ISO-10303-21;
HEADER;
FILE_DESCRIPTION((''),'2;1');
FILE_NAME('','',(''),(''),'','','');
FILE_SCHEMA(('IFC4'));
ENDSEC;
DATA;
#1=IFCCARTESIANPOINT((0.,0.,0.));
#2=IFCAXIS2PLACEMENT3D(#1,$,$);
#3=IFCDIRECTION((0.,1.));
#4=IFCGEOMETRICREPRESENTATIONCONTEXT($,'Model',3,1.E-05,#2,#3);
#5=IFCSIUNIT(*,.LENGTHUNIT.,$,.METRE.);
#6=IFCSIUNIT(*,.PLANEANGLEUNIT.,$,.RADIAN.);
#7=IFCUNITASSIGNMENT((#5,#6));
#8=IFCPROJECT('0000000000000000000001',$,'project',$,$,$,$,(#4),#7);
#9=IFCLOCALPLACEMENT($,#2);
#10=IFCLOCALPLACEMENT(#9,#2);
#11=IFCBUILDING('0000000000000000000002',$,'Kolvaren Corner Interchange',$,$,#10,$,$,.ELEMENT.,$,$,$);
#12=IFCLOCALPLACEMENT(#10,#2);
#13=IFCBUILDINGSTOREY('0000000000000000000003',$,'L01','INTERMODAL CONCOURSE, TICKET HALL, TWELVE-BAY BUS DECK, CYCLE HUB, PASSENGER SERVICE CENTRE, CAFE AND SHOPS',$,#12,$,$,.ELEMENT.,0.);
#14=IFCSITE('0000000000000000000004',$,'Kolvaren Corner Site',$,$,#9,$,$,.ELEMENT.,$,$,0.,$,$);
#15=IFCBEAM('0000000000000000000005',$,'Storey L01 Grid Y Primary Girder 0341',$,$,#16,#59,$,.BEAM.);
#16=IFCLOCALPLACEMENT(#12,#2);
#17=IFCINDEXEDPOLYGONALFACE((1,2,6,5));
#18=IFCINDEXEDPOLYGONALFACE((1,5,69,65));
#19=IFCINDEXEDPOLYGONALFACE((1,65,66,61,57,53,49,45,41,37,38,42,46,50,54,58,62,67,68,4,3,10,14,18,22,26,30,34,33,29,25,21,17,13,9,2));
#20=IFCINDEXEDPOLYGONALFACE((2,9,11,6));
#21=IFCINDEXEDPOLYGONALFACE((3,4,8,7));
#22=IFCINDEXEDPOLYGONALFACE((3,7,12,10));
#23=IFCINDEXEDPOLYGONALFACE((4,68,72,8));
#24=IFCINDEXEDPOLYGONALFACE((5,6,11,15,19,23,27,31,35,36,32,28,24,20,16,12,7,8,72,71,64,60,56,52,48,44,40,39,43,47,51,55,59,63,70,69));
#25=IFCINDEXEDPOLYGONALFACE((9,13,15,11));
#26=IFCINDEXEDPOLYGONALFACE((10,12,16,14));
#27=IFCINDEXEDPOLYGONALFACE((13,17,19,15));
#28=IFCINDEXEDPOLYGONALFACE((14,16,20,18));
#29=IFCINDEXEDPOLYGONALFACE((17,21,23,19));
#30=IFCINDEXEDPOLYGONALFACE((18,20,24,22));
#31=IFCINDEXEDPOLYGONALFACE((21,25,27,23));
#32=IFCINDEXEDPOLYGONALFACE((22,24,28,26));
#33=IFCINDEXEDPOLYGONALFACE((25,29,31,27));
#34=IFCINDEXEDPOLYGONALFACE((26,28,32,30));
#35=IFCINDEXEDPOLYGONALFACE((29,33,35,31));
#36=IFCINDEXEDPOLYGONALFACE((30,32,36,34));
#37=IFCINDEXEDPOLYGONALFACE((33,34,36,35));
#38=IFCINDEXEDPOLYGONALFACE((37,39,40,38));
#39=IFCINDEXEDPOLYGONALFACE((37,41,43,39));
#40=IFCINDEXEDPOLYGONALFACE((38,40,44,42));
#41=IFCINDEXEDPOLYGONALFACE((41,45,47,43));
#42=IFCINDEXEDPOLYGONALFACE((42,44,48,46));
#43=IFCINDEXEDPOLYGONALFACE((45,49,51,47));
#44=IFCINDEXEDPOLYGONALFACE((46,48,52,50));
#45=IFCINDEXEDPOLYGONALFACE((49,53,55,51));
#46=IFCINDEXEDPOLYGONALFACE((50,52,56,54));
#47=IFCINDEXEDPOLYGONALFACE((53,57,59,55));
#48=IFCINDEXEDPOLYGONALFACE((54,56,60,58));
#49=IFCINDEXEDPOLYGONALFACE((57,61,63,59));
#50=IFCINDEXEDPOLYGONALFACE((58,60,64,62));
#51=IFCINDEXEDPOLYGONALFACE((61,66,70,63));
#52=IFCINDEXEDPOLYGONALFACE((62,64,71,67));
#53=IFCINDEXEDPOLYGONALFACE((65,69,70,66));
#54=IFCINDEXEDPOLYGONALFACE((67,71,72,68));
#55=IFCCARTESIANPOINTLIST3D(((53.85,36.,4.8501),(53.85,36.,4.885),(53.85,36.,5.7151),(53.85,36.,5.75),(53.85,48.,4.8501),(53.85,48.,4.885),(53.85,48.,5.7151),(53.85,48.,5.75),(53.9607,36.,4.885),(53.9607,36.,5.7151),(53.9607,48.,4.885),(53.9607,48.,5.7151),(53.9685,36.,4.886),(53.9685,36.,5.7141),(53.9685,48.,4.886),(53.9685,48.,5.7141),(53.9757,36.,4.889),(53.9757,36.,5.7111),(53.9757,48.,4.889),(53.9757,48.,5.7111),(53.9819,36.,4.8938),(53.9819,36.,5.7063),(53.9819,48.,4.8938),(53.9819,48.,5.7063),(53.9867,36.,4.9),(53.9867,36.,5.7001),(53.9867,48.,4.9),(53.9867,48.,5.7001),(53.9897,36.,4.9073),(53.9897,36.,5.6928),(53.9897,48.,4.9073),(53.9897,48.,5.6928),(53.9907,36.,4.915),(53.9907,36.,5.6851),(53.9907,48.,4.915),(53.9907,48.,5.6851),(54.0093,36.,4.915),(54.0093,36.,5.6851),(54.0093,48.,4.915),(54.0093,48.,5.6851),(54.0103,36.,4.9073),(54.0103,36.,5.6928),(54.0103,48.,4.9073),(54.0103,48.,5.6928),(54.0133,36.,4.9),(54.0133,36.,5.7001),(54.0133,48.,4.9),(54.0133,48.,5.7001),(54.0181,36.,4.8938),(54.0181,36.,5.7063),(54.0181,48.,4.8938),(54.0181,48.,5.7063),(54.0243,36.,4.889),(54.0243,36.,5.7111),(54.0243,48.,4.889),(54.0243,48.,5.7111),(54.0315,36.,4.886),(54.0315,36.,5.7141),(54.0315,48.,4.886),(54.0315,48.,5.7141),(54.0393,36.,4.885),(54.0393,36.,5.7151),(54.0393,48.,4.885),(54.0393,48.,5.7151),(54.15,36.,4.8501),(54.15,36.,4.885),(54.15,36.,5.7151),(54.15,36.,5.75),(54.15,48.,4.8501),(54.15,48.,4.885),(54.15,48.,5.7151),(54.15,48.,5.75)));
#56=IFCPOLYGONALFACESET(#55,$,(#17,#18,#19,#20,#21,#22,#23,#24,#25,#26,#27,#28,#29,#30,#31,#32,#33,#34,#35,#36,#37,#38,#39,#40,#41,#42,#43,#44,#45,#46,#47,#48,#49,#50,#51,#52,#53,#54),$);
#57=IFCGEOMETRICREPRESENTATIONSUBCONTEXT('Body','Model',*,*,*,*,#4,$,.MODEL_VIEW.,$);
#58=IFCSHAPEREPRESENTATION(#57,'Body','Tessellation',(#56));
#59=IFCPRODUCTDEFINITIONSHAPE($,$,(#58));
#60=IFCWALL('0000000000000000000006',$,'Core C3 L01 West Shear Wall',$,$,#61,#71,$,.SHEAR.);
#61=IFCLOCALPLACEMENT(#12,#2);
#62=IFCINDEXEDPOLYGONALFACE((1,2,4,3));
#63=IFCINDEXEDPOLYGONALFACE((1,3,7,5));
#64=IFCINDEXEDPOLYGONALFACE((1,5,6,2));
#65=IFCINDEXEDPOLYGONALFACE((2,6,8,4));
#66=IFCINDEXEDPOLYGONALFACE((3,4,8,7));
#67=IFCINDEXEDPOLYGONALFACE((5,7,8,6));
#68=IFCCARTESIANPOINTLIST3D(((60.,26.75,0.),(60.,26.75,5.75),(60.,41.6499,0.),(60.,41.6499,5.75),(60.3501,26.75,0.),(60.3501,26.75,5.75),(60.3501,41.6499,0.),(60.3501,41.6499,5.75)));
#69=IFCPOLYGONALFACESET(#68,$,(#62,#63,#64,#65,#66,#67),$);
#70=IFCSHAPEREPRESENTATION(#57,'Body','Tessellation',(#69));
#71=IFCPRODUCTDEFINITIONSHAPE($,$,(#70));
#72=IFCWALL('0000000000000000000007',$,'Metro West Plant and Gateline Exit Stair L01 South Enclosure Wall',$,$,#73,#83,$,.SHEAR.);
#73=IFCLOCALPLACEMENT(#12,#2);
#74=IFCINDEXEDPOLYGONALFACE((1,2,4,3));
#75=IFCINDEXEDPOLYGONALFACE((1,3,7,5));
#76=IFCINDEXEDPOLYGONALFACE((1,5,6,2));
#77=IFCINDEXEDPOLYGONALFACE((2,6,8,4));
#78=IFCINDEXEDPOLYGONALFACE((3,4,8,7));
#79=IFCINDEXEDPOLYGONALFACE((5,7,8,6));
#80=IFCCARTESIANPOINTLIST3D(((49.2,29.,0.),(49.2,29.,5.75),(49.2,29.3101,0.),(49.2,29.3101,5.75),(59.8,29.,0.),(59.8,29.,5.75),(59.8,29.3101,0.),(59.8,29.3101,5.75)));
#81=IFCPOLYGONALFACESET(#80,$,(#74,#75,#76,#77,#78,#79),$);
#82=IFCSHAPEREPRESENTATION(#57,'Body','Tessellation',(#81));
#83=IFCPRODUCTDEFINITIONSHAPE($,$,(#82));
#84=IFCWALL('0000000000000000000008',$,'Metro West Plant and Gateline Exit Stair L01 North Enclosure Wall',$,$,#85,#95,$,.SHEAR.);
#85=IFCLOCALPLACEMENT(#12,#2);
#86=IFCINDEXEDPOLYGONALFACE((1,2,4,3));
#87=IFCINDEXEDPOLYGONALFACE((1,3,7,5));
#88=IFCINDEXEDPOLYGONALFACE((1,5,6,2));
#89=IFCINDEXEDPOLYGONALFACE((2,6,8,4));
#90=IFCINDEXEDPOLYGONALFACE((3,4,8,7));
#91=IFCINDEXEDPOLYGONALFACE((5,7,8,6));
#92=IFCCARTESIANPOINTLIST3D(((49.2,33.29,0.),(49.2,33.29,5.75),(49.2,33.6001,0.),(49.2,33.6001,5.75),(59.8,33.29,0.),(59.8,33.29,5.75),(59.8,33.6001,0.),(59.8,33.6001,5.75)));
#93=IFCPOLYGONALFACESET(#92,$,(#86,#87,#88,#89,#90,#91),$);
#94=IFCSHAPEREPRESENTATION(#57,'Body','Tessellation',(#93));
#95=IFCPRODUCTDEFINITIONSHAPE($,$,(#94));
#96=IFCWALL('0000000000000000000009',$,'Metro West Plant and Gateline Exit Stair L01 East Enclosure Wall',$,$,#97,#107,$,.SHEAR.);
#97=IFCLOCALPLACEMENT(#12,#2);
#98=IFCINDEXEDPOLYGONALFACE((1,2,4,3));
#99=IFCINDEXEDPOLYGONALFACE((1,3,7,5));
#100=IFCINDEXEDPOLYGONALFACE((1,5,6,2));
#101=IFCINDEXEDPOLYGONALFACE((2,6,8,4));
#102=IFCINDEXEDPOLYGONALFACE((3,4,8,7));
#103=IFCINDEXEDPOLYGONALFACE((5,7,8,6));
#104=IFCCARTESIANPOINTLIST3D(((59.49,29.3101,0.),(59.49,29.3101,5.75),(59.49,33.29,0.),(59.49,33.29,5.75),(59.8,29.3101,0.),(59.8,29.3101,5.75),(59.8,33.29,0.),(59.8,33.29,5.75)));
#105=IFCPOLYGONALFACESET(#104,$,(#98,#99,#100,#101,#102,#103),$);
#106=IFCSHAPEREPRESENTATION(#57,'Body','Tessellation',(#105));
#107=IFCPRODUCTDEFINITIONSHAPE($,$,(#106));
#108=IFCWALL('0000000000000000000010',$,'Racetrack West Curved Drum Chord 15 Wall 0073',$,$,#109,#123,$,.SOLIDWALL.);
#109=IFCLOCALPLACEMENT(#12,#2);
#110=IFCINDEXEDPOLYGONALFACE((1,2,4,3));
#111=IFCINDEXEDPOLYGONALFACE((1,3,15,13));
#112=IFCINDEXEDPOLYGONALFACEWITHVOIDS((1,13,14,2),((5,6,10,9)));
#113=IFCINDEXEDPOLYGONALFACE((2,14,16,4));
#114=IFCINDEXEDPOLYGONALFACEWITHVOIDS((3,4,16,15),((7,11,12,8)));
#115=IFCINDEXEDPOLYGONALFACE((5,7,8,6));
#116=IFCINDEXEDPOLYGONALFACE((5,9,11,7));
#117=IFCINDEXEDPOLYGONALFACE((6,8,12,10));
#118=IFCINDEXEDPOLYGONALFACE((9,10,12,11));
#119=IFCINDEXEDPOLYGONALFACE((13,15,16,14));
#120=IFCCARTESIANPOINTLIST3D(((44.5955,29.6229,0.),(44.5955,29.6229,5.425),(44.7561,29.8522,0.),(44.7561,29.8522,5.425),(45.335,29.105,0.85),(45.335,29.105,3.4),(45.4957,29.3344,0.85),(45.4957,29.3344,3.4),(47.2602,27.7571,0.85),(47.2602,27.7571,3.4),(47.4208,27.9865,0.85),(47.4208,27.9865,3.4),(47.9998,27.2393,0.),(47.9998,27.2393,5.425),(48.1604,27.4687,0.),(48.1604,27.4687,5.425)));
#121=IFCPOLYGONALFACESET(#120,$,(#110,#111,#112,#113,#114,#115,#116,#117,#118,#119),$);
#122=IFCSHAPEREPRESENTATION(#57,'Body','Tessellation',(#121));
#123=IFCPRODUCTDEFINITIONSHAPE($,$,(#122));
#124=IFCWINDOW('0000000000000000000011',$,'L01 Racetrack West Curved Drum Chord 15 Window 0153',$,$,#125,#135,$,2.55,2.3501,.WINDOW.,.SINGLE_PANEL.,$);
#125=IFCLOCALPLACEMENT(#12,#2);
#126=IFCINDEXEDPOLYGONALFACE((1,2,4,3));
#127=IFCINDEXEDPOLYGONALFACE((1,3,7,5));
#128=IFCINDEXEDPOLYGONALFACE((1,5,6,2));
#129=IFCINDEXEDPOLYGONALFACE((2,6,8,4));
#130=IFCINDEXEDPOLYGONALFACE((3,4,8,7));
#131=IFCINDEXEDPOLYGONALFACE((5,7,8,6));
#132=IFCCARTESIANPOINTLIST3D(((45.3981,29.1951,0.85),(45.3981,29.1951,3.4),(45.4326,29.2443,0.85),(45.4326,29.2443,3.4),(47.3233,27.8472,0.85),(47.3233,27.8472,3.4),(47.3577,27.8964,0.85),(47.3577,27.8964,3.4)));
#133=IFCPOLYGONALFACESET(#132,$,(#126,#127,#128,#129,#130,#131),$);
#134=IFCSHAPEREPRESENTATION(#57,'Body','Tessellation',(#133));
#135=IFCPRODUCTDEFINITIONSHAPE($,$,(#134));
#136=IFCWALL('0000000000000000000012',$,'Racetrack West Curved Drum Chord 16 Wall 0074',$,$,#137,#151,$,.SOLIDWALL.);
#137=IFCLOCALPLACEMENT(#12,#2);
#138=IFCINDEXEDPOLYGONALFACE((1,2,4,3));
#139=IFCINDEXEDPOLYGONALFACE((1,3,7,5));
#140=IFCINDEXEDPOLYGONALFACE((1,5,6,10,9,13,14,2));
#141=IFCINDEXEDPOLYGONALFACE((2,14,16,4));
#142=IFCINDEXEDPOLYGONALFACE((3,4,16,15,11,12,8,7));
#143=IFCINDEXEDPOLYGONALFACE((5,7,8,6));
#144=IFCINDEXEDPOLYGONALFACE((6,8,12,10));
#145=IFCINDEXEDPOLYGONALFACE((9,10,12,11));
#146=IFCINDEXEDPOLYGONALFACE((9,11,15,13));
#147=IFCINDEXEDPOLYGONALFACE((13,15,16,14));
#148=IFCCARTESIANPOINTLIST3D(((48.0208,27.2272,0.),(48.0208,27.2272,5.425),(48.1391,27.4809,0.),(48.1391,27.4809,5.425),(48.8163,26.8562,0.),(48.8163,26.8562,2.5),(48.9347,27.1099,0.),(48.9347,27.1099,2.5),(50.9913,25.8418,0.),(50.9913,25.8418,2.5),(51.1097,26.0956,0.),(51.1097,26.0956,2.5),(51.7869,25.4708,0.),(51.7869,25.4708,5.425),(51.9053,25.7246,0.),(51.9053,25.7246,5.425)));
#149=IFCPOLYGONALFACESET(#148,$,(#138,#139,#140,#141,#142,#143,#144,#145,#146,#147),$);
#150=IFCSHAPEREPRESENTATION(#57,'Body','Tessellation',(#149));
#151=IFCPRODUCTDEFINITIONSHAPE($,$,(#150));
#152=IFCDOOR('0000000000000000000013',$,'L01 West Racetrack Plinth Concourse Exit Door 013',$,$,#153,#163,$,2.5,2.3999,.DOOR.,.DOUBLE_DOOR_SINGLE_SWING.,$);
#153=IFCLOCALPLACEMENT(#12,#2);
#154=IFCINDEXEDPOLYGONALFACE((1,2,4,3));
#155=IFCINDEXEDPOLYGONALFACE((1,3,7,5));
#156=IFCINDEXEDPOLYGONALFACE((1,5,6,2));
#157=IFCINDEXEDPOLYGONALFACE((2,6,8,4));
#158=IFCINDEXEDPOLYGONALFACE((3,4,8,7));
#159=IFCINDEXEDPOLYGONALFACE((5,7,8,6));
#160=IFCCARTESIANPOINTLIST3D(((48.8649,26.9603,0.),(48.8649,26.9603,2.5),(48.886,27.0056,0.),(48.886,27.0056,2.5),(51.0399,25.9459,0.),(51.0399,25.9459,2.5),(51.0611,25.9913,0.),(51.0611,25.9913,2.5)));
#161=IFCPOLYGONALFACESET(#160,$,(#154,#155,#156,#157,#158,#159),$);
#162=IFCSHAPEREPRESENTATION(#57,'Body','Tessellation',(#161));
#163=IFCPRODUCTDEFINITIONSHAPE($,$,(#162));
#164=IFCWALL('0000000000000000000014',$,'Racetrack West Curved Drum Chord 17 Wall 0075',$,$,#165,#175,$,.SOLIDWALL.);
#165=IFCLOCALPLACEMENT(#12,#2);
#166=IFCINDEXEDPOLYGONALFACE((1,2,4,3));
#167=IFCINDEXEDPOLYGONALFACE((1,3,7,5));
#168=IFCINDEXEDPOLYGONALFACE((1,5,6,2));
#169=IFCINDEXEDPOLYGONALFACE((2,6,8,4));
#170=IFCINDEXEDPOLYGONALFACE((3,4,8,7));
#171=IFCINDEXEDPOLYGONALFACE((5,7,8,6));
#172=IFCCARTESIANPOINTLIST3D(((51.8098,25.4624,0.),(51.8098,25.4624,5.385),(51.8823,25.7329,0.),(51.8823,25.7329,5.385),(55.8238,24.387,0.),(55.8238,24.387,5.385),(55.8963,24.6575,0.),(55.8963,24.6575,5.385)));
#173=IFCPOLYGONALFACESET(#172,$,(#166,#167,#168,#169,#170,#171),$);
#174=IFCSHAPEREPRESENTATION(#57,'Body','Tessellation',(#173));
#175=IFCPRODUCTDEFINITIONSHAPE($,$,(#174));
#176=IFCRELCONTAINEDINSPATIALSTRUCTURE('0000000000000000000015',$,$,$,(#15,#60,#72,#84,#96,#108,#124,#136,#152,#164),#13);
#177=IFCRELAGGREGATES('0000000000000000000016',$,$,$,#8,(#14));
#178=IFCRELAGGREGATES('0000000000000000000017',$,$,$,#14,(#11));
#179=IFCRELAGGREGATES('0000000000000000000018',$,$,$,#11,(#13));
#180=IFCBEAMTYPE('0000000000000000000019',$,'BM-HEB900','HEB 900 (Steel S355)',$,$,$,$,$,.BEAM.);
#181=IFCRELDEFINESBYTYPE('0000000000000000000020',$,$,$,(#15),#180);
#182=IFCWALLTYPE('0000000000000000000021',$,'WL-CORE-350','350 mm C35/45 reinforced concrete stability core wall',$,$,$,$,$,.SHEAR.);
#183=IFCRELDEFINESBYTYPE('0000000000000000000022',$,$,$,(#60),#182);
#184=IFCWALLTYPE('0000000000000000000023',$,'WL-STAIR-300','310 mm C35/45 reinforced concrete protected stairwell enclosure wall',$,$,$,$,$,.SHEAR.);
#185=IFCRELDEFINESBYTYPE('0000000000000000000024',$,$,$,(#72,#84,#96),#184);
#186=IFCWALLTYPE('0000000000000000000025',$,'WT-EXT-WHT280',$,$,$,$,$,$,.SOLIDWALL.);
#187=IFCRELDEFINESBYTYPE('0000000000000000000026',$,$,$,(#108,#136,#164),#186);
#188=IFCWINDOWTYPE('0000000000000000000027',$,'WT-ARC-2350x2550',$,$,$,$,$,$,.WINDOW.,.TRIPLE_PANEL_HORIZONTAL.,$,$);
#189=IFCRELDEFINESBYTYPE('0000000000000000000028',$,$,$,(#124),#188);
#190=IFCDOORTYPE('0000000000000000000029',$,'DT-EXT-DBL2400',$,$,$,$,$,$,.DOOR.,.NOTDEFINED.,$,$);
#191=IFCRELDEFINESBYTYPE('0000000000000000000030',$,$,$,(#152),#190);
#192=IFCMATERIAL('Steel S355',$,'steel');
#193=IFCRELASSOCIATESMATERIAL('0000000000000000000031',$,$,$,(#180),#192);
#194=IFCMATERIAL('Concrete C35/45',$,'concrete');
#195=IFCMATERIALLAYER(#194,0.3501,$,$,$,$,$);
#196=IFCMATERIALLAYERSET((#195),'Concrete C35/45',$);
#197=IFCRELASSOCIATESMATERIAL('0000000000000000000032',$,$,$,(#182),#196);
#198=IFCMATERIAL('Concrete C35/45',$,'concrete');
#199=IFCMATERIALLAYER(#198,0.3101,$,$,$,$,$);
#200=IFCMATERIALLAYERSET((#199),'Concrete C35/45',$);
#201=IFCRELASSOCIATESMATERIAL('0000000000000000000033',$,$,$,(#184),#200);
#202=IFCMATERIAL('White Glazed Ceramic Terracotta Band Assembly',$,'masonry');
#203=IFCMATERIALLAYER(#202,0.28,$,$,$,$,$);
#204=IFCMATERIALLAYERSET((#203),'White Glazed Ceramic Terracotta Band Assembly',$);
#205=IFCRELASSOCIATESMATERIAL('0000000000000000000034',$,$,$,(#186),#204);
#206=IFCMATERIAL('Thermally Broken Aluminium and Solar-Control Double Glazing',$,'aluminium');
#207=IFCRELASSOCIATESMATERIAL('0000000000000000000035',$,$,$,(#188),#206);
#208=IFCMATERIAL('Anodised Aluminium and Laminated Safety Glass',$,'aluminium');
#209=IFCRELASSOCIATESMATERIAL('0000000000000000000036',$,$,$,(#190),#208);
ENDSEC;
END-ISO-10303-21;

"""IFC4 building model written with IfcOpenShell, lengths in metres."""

from ifc_helpers import new_model, si_unit, direction, frame, frame_2d, origin, origin_2d, place, context, subcontext, project, spatial, rectangle, i_section, extrude, material, layer, layer_set, material_profile, profile_set, type_object, element, fill, save


model = new_model("IFC4")

# Units and contexts
model_context = context("Model", 3, precision=1e-05, world=origin(), true_north=direction((0.0, 1.0)))
body_context = subcontext(model_context, "Body", "Model", "MODEL_VIEW")
ifc_project = project(units=[si_unit("LENGTHUNIT", "METRE"), si_unit("PLANEANGLEUNIT", "RADIAN")], contexts=[model_context])

# Site, building, storey
site_placement = place(None, origin())
site = spatial("IfcSite", under=ifc_project, at=site_placement, Name="Kolvaren Corner Site", CompositionType="ELEMENT", RefElevation=0.0)
building_placement = place(site_placement, origin())
building = spatial("IfcBuilding", under=site, at=building_placement, Name="Kolvaren Corner Interchange", CompositionType="ELEMENT")
storey_placement = place(building_placement, origin())
storey = spatial("IfcBuildingStorey", under=building, at=storey_placement, Name="L01", Description="INTERMODAL CONCOURSE, TICKET HALL, TWELVE-BAY BUS DECK, CYCLE HUB, PASSENGER SERVICE CENTRE, CAFE AND SHOPS", CompositionType="ELEMENT", Elevation=0.0)

# Beam
ifc_material_1 = material(Name="Steel S355", Category="steel")
ifc_material_profile_1 = material_profile(ifc_material_1, i_section(OverallWidth=0.3, OverallDepth=0.8999, WebThickness=0.0186, FlangeThickness=0.0349, FilletRadius=0.03, at=origin_2d()), Name="HEB 900")
ifc_profile_set_1 = profile_set([ifc_material_profile_1], Name="Steel S355")
beam_type_1 = type_object("IfcBeamType", Name="BM-HEB900", Description="HEB 900 (Steel S355)", PredefinedType="BEAM", material=ifc_profile_set_1)
beam_1_placement = place(storey_placement, frame((54.0, 36.0, 5.3), z_axis=(0.0, 1.0, 0.0), x_axis=(-1.0, 0.0, 0.0)))
element("IfcBeam", 1, at=beam_1_placement, inside=storey, type_object=beam_type_1, Name="Storey L01 Grid Y Primary Girder 0341", PredefinedType="BEAM", context=body_context, shape_type="SweptSolid", body=[
    extrude(i_section(OverallWidth=0.3, OverallDepth=0.8999, WebThickness=0.0186, FlangeThickness=0.0349, FilletRadius=0.03, at=origin_2d()), origin(), (0.0, 0.0, 1.0), 12.0),
])

# Shared definitions
ifc_material_2 = material(Name="Concrete C35/45", Category="concrete")
ifc_layer_1 = layer(ifc_material_2, 0.3501)
ifc_layer_set_1 = layer_set([ifc_layer_1], Name="Concrete C35/45")
wall_type_1 = type_object("IfcWallType", Name="WL-CORE-350", Description="350 mm C35/45 reinforced concrete stability core wall", PredefinedType="SHEAR", material=ifc_layer_set_1)

# Walls
wall_1_placement = place(storey_placement, frame((60.175, 26.75, 0.0), z_axis=(0.0, 0.0, 1.0), x_axis=(0.0, 1.0, 0.0)))
element("IfcWall", 2, at=wall_1_placement, inside=storey, type_object=wall_type_1, Name="Core C3 L01 West Shear Wall", PredefinedType="SHEAR", context=body_context, shape_type="SweptSolid", body=[
    extrude(rectangle(XDim=14.8999, YDim=0.3501, at=frame_2d((7.45, 0.0))), origin(), (0.0, 0.0, 1.0), 5.75),
])
ifc_material_3 = material(Name="Concrete C35/45", Category="concrete")
ifc_layer_2 = layer(ifc_material_3, 0.3101)
ifc_layer_set_2 = layer_set([ifc_layer_2], Name="Concrete C35/45")
wall_type_2 = type_object("IfcWallType", Name="WL-STAIR-300", Description="310 mm C35/45 reinforced concrete protected stairwell enclosure wall", PredefinedType="SHEAR", material=ifc_layer_set_2)
for number, where, z_axis, x_axis, name in (
    (3, (49.2, 29.155, 0.0), (0.0, 0.0, 1.0), (1.0, 0.0, 0.0), "Metro West Plant and Gateline Exit Stair L01 South Enclosure Wall"),
    (4, (49.2, 33.4451, 0.0), (0.0, 0.0, 1.0), (1.0, 0.0, 0.0), "Metro West Plant and Gateline Exit Stair L01 North Enclosure Wall"),
):
    element("IfcWall", number, at=place(storey_placement, frame(where, z_axis=z_axis, x_axis=x_axis)), inside=storey, type_object=wall_type_2, Name=name, PredefinedType="SHEAR", context=body_context, shape_type="SweptSolid", body=[
        extrude(rectangle(XDim=10.6001, YDim=0.3101, at=frame_2d((5.3, 0.0))), origin(), (0.0, 0.0, 1.0), 5.75),
    ])

# Wall
wall_2_placement = place(storey_placement, frame((59.645, 29.3101, 0.0), z_axis=(0.0, 0.0, 1.0), x_axis=(0.0, 1.0, 0.0)))
element("IfcWall", 5, at=wall_2_placement, inside=storey, type_object=wall_type_2, Name="Metro West Plant and Gateline Exit Stair L01 East Enclosure Wall", PredefinedType="SHEAR", context=body_context, shape_type="SweptSolid", body=[
    extrude(rectangle(XDim=3.98, YDim=0.3101, at=frame_2d((1.99, 0.0))), origin(), (0.0, 0.0, 1.0), 5.75),
])

# Wall, opening, window
ifc_material_4 = material(Name="White Glazed Ceramic Terracotta Band Assembly", Category="masonry")
ifc_layer_3 = layer(ifc_material_4, 0.28)
ifc_layer_set_3 = layer_set([ifc_layer_3], Name="White Glazed Ceramic Terracotta Band Assembly")
wall_type_3 = type_object("IfcWallType", Name="WT-EXT-WHT280", PredefinedType="SOLIDWALL", material=ifc_layer_set_3)
wall_3_placement = place(storey_placement, frame((44.6758, 29.7375, 0.0), z_axis=(0.0, 0.0, 1.0), x_axis=(0.819171, -0.573549, 0.0)))
wall_3 = element("IfcWall", 6, at=wall_3_placement, inside=storey, type_object=wall_type_3, Name="Racetrack West Curved Drum Chord 15 Wall 0073", PredefinedType="SOLIDWALL", context=body_context, shape_type="SweptSolid", body=[
    extrude(rectangle(XDim=4.1558, YDim=0.28, at=frame_2d((2.0779, 0.0))), origin(), (0.0, 0.0, 1.0), 5.425),
])
opening_1_placement = place(wall_3_placement, frame((0.9028, 0.0, 0.8501)))
opening_1 = element("IfcOpeningElement", 7, at=opening_1_placement, cuts=wall_3, PredefinedType="OPENING", context=body_context, shape_type="SweptSolid", body=[
    extrude(rectangle(XDim=2.3501, YDim=2.55, at=frame_2d((1.175, 1.2749))), frame((0.0, 0.1499, 0.0), z_axis=(0.0, -1.0, 0.0), x_axis=(1.0, 0.0, 0.0)), (0.0, 0.0, 1.0), 0.3),
])
ifc_material_5 = material(Name="Thermally Broken Aluminium and Solar-Control Double Glazing", Category="aluminium")
window_type = type_object("IfcWindowType", Name="WT-ARC-2350x2550", PartitioningType="TRIPLE_PANEL_HORIZONTAL", PredefinedType="WINDOW", material=ifc_material_5)
window_placement = place(opening_1_placement, origin())
window = element("IfcWindow", 8, at=window_placement, inside=storey, type_object=window_type, Name="L01 Racetrack West Curved Drum Chord 15 Window 0153", OverallHeight=2.55, OverallWidth=2.3501, PartitioningType="SINGLE_PANEL", PredefinedType="WINDOW", context=body_context, shape_type="SweptSolid", body=[
    extrude(rectangle(XDim=2.3501, YDim=2.55, at=frame_2d((1.175, 1.2749))), frame((0.0, 0.03, 0.0), z_axis=(0.0, -1.0, 0.0), x_axis=(1.0, 0.0, 0.0)), (0.0, 0.0, 1.0), 0.0601),
])
fill(opening_1, window)

# Wall, opening, door
wall_4_placement = place(storey_placement, frame((48.0801, 27.354, 0.0), z_axis=(0.0, 0.0, 1.0), x_axis=(0.906291, -0.422654, 0.0)))
wall_4 = element("IfcWall", 9, at=wall_4_placement, inside=storey, type_object=wall_type_3, Name="Racetrack West Curved Drum Chord 16 Wall 0074", PredefinedType="SOLIDWALL", context=body_context, shape_type="SweptSolid", body=[
    extrude(rectangle(XDim=4.1555, YDim=0.28, at=frame_2d((2.0776, 0.0))), origin(), (0.0, 0.0, 1.0), 5.425),
])
opening_2_placement = place(wall_4_placement, frame((0.8777, 0.0, 0.0)))
opening_2 = element("IfcOpeningElement", 10, at=opening_2_placement, cuts=wall_4, PredefinedType="OPENING", context=body_context, shape_type="SweptSolid", body=[
    extrude(rectangle(XDim=2.3999, YDim=2.5, at=frame_2d((1.2, 1.25))), frame((0.0, 0.1499, 0.0), z_axis=(0.0, -1.0, 0.0), x_axis=(1.0, 0.0, 0.0)), (0.0, 0.0, 1.0), 0.3),
])
ifc_material_6 = material(Name="Anodised Aluminium and Laminated Safety Glass", Category="aluminium")
door_type_1 = type_object("IfcDoorType", Name="DT-EXT-DBL2400", OperationType="NOTDEFINED", PredefinedType="DOOR", material=ifc_material_6)
door_1_placement = place(opening_2_placement, origin())
door_1 = element("IfcDoor", 11, at=door_1_placement, inside=storey, type_object=door_type_1, Name="L01 West Racetrack Plinth Concourse Exit Door 013", OperationType="DOUBLE_DOOR_SINGLE_SWING", OverallHeight=2.5, OverallWidth=2.3999, PredefinedType="DOOR", context=body_context, shape_type="SweptSolid", body=[
    extrude(rectangle(XDim=2.3999, YDim=2.5, at=frame_2d((1.2, 1.25))), frame((0.0, 0.0249, 0.0), z_axis=(0.0, -1.0, 0.0), x_axis=(1.0, 0.0, 0.0)), (0.0, 0.0, 1.0), 0.05),
])
fill(opening_2, door_1)

# Wall
wall_5_placement = place(storey_placement, frame((51.8462, 25.5977, 0.0), z_axis=(0.0, 0.0, 1.0), x_axis=(0.965931, -0.2588, 0.0)))
element("IfcWall", 12, at=wall_5_placement, inside=storey, type_object=wall_type_3, Name="Racetrack West Curved Drum Chord 17 Wall 0075", PredefinedType="SOLIDWALL", context=body_context, shape_type="SweptSolid", body=[
    extrude(rectangle(XDim=4.1555, YDim=0.28, at=frame_2d((2.0776, 0.0))), origin(), (0.0, 0.0, 1.0), 5.385),
])

save(model, "model.ifc")
